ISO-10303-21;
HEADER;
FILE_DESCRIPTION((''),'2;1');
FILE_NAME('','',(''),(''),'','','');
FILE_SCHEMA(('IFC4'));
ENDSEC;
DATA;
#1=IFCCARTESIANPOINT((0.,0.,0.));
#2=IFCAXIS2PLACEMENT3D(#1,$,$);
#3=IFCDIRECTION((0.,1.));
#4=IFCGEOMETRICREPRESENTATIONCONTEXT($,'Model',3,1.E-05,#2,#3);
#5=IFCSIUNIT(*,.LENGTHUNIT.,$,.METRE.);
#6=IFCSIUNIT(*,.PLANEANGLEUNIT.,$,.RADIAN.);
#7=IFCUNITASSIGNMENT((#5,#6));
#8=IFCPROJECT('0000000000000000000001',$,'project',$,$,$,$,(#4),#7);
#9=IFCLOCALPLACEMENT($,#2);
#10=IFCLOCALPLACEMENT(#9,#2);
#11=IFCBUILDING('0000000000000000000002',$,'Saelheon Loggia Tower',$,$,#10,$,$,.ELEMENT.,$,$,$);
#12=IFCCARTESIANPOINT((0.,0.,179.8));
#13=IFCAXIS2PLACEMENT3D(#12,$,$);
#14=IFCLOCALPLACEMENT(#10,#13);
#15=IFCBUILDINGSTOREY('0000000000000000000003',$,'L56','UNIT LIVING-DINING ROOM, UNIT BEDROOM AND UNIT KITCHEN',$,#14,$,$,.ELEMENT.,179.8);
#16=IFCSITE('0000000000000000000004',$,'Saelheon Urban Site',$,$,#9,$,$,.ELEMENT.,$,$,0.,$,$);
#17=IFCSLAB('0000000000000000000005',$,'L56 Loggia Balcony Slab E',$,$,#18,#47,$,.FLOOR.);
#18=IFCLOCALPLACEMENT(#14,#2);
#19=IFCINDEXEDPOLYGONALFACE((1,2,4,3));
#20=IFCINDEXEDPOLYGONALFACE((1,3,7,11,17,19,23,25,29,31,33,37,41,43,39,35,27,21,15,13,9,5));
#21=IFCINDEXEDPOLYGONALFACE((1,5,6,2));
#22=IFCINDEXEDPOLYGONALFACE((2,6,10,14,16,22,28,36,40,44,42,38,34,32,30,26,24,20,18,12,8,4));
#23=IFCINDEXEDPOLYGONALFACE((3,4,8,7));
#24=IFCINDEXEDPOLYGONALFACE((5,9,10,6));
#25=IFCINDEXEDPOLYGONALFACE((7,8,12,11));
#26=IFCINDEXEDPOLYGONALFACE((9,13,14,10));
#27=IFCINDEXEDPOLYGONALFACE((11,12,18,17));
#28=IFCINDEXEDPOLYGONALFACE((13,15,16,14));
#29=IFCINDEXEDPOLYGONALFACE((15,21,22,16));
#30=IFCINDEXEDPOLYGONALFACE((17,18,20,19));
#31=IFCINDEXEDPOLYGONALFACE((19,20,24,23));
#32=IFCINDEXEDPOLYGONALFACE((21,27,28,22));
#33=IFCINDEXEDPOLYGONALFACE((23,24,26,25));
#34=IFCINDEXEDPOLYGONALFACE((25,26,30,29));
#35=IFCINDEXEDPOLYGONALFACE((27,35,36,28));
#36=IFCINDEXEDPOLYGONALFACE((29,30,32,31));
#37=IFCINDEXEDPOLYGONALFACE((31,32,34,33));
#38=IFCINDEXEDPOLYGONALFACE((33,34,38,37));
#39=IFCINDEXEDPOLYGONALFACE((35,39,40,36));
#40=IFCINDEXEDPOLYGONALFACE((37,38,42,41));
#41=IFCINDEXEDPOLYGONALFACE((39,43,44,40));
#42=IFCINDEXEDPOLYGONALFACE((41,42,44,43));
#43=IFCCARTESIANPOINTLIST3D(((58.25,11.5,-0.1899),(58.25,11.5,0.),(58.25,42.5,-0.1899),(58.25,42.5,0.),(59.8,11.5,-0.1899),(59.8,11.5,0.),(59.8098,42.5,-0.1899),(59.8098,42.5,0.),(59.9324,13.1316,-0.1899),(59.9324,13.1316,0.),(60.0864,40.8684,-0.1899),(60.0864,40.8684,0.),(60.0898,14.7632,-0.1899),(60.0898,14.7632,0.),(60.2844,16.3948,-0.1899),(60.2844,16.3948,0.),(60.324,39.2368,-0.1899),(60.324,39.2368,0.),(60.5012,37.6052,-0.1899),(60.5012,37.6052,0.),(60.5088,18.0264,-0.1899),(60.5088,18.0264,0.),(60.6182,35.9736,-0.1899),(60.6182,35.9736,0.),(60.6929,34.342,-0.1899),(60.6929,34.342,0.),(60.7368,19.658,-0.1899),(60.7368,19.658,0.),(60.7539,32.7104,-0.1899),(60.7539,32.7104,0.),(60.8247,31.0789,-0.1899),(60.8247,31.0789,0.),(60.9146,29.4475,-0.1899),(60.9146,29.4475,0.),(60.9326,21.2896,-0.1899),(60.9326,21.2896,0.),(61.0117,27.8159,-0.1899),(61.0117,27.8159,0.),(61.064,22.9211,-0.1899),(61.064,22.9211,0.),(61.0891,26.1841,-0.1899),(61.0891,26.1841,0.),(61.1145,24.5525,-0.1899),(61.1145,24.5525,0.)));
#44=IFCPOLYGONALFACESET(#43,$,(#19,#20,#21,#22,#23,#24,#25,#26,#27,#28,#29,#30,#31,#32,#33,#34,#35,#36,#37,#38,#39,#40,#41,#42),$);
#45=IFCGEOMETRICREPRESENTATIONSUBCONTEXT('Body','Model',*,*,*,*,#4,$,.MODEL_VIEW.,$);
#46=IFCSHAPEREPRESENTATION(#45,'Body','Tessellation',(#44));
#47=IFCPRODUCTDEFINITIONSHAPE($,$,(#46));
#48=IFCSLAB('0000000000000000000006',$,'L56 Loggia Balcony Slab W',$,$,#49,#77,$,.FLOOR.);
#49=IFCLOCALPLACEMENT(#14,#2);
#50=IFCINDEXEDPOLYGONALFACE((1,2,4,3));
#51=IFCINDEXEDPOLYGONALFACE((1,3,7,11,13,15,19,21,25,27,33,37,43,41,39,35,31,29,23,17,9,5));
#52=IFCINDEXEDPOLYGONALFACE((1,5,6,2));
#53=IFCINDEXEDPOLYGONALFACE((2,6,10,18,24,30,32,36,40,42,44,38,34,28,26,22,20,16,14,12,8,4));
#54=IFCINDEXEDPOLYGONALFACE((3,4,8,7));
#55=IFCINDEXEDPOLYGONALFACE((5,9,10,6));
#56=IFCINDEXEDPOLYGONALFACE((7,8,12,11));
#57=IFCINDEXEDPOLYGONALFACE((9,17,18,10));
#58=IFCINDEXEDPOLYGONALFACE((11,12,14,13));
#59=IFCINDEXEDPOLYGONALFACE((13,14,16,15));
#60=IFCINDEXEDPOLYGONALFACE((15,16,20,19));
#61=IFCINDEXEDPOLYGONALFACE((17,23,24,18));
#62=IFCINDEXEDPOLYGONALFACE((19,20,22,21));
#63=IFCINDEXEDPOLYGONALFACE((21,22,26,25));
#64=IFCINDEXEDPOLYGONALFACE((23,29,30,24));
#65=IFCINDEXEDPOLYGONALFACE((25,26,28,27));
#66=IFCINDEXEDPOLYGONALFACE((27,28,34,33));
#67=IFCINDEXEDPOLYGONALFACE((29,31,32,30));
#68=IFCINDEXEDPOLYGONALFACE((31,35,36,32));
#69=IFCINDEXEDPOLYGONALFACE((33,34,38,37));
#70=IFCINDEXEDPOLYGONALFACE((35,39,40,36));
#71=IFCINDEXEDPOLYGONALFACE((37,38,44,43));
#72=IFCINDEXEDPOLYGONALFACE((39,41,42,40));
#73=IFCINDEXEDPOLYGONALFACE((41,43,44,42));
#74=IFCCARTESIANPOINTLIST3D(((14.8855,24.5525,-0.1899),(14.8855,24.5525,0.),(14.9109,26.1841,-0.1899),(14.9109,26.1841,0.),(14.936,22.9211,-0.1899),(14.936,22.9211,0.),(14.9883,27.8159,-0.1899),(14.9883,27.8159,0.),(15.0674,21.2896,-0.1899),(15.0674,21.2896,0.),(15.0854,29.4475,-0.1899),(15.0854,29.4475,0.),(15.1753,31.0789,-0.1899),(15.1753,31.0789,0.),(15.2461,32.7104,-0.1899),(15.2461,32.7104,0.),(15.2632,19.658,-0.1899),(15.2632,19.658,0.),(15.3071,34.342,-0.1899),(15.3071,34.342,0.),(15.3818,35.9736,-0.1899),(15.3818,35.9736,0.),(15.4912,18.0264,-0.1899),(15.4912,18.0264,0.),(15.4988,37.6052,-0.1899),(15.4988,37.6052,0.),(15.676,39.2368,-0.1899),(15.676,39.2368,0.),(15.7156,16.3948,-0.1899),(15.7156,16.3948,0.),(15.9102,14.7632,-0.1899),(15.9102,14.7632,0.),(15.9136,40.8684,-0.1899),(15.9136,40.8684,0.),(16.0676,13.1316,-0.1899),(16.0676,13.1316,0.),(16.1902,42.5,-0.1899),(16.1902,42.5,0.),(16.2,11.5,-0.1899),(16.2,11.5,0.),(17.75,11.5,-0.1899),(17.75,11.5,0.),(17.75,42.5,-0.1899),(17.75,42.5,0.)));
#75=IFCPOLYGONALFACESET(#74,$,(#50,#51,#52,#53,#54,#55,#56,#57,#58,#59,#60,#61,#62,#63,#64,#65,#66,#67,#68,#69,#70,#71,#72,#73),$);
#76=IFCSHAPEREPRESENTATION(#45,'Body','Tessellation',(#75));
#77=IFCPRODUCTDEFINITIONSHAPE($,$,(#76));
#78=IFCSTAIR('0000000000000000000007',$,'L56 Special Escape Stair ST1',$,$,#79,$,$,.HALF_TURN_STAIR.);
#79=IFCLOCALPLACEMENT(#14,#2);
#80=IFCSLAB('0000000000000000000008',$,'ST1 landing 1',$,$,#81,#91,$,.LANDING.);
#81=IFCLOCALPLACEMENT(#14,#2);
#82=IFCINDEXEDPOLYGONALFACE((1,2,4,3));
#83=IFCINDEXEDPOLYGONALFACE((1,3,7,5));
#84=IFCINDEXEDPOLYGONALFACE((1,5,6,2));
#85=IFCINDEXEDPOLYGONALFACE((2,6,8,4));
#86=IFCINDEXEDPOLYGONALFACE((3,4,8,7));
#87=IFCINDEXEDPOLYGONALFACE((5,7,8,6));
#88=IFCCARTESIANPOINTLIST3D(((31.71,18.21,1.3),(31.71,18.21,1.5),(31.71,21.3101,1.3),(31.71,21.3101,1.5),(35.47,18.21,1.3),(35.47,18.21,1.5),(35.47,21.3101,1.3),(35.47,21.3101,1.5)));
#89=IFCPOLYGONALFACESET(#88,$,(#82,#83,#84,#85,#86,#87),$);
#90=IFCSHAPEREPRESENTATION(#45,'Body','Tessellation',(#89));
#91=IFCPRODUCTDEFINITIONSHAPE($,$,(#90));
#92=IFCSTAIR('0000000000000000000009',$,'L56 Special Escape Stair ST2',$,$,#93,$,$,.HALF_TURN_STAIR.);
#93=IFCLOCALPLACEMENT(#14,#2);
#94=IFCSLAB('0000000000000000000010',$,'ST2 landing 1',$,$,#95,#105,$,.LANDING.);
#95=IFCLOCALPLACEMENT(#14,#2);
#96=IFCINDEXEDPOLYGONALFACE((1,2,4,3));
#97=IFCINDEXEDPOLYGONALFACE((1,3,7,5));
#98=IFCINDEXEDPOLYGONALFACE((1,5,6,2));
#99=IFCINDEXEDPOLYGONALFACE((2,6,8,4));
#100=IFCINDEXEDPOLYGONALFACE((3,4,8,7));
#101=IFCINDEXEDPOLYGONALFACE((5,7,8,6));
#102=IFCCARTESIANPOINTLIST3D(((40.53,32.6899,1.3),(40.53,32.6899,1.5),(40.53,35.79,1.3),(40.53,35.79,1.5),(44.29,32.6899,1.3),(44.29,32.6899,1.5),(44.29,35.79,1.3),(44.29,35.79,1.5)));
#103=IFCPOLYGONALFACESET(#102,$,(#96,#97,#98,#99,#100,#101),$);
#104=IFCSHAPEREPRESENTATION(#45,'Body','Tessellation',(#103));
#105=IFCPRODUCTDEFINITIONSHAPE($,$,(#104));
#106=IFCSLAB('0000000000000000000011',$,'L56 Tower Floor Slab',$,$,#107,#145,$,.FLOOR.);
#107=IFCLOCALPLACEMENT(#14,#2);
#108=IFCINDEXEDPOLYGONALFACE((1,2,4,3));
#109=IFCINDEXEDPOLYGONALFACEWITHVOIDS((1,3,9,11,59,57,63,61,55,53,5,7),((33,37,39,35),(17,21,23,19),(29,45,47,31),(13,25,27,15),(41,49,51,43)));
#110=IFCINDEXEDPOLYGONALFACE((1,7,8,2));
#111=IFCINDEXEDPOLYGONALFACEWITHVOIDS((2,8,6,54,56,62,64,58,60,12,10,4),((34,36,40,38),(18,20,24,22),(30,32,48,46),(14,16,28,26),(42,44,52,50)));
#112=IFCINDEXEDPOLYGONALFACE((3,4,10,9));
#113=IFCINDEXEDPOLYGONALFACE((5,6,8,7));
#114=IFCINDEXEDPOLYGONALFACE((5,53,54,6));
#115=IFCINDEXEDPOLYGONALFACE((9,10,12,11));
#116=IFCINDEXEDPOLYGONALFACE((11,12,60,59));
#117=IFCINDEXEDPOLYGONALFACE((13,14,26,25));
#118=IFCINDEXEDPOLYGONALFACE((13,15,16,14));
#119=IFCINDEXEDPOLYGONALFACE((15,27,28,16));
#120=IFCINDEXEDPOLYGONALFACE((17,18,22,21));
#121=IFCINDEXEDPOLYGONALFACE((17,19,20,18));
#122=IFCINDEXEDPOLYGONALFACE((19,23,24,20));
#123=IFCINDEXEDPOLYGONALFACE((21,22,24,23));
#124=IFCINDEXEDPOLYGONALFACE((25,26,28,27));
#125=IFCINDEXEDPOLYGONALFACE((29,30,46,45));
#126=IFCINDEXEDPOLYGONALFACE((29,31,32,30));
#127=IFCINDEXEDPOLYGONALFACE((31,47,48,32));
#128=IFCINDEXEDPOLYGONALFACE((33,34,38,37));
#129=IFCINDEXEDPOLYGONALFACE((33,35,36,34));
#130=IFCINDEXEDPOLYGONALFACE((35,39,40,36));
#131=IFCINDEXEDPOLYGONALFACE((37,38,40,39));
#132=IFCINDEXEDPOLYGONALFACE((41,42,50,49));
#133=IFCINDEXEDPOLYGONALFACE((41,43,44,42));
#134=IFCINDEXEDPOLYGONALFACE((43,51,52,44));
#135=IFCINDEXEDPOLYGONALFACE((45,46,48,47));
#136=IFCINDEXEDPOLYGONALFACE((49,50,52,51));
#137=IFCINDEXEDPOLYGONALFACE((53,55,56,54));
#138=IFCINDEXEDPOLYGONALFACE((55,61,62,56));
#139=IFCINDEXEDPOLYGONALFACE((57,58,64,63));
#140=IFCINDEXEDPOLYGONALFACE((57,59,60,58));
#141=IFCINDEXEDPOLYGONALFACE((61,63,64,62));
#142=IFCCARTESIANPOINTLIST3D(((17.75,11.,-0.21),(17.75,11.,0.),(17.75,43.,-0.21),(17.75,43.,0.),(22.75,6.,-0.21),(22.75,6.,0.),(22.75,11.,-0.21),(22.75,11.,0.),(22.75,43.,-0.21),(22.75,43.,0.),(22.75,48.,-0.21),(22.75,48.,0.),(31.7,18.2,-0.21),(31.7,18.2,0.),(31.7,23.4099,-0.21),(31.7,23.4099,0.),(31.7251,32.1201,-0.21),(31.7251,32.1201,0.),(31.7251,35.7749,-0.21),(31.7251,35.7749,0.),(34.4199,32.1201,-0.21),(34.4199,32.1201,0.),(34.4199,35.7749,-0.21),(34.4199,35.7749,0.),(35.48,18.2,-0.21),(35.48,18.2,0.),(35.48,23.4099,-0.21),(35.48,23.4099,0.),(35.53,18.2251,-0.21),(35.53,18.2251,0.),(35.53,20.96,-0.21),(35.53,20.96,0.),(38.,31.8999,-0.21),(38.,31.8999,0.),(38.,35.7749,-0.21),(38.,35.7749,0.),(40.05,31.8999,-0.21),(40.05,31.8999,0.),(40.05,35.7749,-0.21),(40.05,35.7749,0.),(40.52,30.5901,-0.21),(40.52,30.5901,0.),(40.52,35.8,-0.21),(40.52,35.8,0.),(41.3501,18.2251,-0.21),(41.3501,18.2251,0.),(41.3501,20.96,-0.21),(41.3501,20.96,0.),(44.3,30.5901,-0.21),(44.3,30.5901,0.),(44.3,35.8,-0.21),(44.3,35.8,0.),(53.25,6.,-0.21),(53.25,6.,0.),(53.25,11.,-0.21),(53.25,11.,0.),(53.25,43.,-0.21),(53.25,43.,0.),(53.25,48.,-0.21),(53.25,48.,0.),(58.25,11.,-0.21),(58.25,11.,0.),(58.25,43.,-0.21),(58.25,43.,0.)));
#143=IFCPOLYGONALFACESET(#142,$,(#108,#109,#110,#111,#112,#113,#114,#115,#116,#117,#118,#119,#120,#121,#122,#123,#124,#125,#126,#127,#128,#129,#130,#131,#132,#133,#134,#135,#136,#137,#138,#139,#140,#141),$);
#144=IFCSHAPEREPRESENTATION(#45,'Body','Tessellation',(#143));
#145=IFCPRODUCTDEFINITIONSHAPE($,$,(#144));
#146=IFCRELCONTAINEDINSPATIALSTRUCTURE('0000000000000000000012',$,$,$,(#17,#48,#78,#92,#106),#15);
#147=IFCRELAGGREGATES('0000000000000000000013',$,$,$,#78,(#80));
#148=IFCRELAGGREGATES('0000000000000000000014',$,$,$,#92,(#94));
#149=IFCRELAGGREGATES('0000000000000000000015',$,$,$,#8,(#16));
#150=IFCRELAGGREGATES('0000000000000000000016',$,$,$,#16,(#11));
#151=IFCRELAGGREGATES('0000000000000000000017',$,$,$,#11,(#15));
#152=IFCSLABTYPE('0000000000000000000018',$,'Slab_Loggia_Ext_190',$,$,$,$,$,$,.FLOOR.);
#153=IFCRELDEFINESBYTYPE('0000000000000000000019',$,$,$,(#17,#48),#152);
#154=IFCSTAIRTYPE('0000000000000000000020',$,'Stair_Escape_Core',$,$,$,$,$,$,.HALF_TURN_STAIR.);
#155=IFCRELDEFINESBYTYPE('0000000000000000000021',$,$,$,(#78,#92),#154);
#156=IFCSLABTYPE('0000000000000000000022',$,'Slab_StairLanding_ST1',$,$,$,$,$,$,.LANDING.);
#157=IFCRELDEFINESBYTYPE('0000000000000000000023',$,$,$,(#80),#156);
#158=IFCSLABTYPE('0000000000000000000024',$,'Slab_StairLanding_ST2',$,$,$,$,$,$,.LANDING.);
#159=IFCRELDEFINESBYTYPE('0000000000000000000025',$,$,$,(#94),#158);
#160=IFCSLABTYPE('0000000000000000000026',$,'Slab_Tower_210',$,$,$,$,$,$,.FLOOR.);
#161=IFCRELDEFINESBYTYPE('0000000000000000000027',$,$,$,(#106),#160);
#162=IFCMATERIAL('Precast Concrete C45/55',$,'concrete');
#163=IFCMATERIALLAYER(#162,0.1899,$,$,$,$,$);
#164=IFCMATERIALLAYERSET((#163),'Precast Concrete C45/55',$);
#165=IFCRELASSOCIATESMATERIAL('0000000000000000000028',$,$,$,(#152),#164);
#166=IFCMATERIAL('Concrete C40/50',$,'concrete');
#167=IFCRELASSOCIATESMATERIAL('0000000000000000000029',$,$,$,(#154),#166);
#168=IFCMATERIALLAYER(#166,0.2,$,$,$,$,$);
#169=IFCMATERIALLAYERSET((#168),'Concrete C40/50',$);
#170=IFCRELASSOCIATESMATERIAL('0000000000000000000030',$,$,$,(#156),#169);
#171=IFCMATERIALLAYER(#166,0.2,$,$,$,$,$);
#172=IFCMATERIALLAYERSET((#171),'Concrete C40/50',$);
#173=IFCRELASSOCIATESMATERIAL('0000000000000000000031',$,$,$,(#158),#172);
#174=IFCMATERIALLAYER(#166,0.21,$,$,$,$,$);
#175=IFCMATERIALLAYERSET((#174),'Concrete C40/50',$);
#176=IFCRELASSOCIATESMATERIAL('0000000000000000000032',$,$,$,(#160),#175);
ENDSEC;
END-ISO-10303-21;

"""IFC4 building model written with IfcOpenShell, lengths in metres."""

from ifc_helpers import new_model, si_unit, direction, frame, origin, place, context, subcontext, project, spatial, polyline, outline, extrude, material, layer, layer_set, type_object, element, aggregate, save


model = new_model("IFC4")

# Units and contexts
model_context = context("Model", 3, precision=1e-05, world=origin(), true_north=direction((0.0, 1.0)))
body_context = subcontext(model_context, "Body", "Model", "MODEL_VIEW")
ifc_project = project(units=[si_unit("LENGTHUNIT", "METRE"), si_unit("PLANEANGLEUNIT", "RADIAN")], contexts=[model_context])

# Site, building, storey
site_placement = place(None, origin())
site = spatial("IfcSite", under=ifc_project, at=site_placement, Name="Saelheon Urban Site", CompositionType="ELEMENT", RefElevation=0.0)
building_placement = place(site_placement, origin())
building = spatial("IfcBuilding", under=site, at=building_placement, Name="Saelheon Loggia Tower", CompositionType="ELEMENT")
storey_placement = place(building_placement, frame((0.0, 0.0, 179.8)))
storey = spatial("IfcBuildingStorey", under=building, at=storey_placement, Name="L56", Description="UNIT LIVING-DINING ROOM, UNIT BEDROOM AND UNIT KITCHEN", CompositionType="ELEMENT", Elevation=179.8)

# Shared definitions
ifc_material_1 = material(Name="Precast Concrete C45/55", Category="concrete")

# Shared definitions
ifc_material_2 = material(Name="Concrete C40/50", Category="concrete")

# Slabs
ifc_layer_1 = layer(ifc_material_1, 0.1899)
ifc_layer_set_1 = layer_set([ifc_layer_1], Name="Precast Concrete C45/55")
slab_type_1 = type_object("IfcSlabType", Name="Slab_Loggia_Ext_190", PredefinedType="FLOOR", material=ifc_layer_set_1)
slab_1_placement = place(storey_placement, frame((0.0, 0.0, -0.1899)))
element("IfcSlab", 1, at=slab_1_placement, inside=storey, type_object=slab_type_1, Name="L56 Loggia Balcony Slab E", PredefinedType="FLOOR", context=body_context, shape_type="SweptSolid", body=[
    extrude(outline(polyline([(58.25, 11.5), (59.8, 11.5), (59.9324, 13.1316), (60.0898, 14.7632), (60.2844, 16.3948), (60.5088, 18.0264), (60.7368, 19.658), (60.9326, 21.2896), (61.064, 22.9211), (61.1145, 24.5525), (61.0891, 26.1841), (61.0117, 27.8159), (60.9146, 29.4475), (60.8247, 31.0789), (60.7539, 32.7104), (60.6929, 34.342), (60.6182, 35.9736), (60.5012, 37.6052), (60.324, 39.2368), (60.0864, 40.8684), (59.8098, 42.5), (58.25, 42.5), (58.25, 11.5)])), origin(), (0.0, 0.0, 1.0), 0.1899),
])
slab_2_placement = place(storey_placement, frame((0.0, 0.0, -0.1899)))
element("IfcSlab", 2, at=slab_2_placement, inside=storey, type_object=slab_type_1, Name="L56 Loggia Balcony Slab W", PredefinedType="FLOOR", context=body_context, shape_type="SweptSolid", body=[
    extrude(outline(polyline([(17.75, 11.5), (17.75, 42.5), (16.1902, 42.5), (15.9136, 40.8684), (15.676, 39.2368), (15.4988, 37.6052), (15.3818, 35.9736), (15.3071, 34.342), (15.2461, 32.7104), (15.1753, 31.0789), (15.0854, 29.4475), (14.9883, 27.8159), (14.9109, 26.1841), (14.8855, 24.5525), (14.936, 22.9211), (15.0674, 21.2896), (15.2632, 19.658), (15.4912, 18.0264), (15.7156, 16.3948), (15.9102, 14.7632), (16.0676, 13.1316), (16.2, 11.5), (17.75, 11.5)])), origin(), (0.0, 0.0, 1.0), 0.1899),
])

# Stairs, slabs
stair_type = type_object("IfcStairType", Name="Stair_Escape_Core", PredefinedType="HALF_TURN_STAIR", material=ifc_material_2)
stair_1_placement = place(storey_placement, origin())
stair_1 = element("IfcStair", 3, at=stair_1_placement, inside=storey, type_object=stair_type, Name="L56 Special Escape Stair ST1", PredefinedType="HALF_TURN_STAIR")
ifc_layer_2 = layer(ifc_material_2, 0.2)
ifc_layer_set_2 = layer_set([ifc_layer_2], Name="Concrete C40/50")
slab_type_2 = type_object("IfcSlabType", Name="Slab_StairLanding_ST1", PredefinedType="LANDING", material=ifc_layer_set_2)
slab_3_placement = place(storey_placement, frame((0.0, 0.0, 1.3)))
slab_3 = element("IfcSlab", 4, at=slab_3_placement, type_object=slab_type_2, Name="ST1 landing 1", PredefinedType="LANDING", context=body_context, shape_type="SweptSolid", body=[
    extrude(outline(polyline([(31.71, 21.3101), (31.71, 18.21), (35.47, 18.21), (35.47, 21.3101), (31.71, 21.3101)])), origin(), (0.0, 0.0, 1.0), 0.2),
])
aggregate(stair_1, [slab_3])
stair_2_placement = place(storey_placement, origin())
stair_2 = element("IfcStair", 5, at=stair_2_placement, inside=storey, type_object=stair_type, Name="L56 Special Escape Stair ST2", PredefinedType="HALF_TURN_STAIR")
ifc_layer_3 = layer(ifc_material_2, 0.2)
ifc_layer_set_3 = layer_set([ifc_layer_3], Name="Concrete C40/50")
slab_type_3 = type_object("IfcSlabType", Name="Slab_StairLanding_ST2", PredefinedType="LANDING", material=ifc_layer_set_3)
slab_4_placement = place(storey_placement, frame((0.0, 0.0, 1.3)))
slab_4 = element("IfcSlab", 6, at=slab_4_placement, type_object=slab_type_3, Name="ST2 landing 1", PredefinedType="LANDING", context=body_context, shape_type="SweptSolid", body=[
    extrude(outline(polyline([(44.29, 32.6899), (44.29, 35.79), (40.53, 35.79), (40.53, 32.6899), (44.29, 32.6899)])), origin(), (0.0, 0.0, 1.0), 0.2),
])
aggregate(stair_2, [slab_4])

# Slab
ifc_layer_4 = layer(ifc_material_2, 0.21)
ifc_layer_set_4 = layer_set([ifc_layer_4], Name="Concrete C40/50")
slab_type_4 = type_object("IfcSlabType", Name="Slab_Tower_210", PredefinedType="FLOOR", material=ifc_layer_set_4)
slab_5_placement = place(storey_placement, frame((0.0, 0.0, -0.21)))
element("IfcSlab", 7, at=slab_5_placement, inside=storey, type_object=slab_type_4, Name="L56 Tower Floor Slab", PredefinedType="FLOOR", context=body_context, shape_type="SweptSolid", body=[
    extrude(outline(polyline([(22.75, 6.0), (53.25, 6.0), (53.25, 11.0), (58.25, 11.0), (58.25, 43.0), (53.25, 43.0), (53.25, 48.0), (22.75, 48.0), (22.75, 43.0), (17.75, 43.0), (17.75, 11.0), (22.75, 11.0), (22.75, 6.0)]), holes=[polyline([(31.7, 23.4099), (31.7, 18.2), (35.48, 18.2), (35.48, 23.4099), (31.7, 23.4099)]), polyline([(44.3, 30.5901), (44.3, 35.8), (40.52, 35.8), (40.52, 30.5901), (44.3, 30.5901)]), polyline([(35.53, 18.2251), (41.3501, 18.2251), (41.3501, 20.96), (35.53, 20.96), (35.53, 18.2251)]), polyline([(31.7251, 32.1201), (34.4199, 32.1201), (34.4199, 35.7749), (31.7251, 35.7749), (31.7251, 32.1201)]), polyline([(38.0, 31.8999), (40.05, 31.8999), (40.05, 35.7749), (38.0, 35.7749), (38.0, 31.8999)])]), origin(), (0.0, 0.0, 1.0), 0.21),
])

save(model, "model.ifc")
